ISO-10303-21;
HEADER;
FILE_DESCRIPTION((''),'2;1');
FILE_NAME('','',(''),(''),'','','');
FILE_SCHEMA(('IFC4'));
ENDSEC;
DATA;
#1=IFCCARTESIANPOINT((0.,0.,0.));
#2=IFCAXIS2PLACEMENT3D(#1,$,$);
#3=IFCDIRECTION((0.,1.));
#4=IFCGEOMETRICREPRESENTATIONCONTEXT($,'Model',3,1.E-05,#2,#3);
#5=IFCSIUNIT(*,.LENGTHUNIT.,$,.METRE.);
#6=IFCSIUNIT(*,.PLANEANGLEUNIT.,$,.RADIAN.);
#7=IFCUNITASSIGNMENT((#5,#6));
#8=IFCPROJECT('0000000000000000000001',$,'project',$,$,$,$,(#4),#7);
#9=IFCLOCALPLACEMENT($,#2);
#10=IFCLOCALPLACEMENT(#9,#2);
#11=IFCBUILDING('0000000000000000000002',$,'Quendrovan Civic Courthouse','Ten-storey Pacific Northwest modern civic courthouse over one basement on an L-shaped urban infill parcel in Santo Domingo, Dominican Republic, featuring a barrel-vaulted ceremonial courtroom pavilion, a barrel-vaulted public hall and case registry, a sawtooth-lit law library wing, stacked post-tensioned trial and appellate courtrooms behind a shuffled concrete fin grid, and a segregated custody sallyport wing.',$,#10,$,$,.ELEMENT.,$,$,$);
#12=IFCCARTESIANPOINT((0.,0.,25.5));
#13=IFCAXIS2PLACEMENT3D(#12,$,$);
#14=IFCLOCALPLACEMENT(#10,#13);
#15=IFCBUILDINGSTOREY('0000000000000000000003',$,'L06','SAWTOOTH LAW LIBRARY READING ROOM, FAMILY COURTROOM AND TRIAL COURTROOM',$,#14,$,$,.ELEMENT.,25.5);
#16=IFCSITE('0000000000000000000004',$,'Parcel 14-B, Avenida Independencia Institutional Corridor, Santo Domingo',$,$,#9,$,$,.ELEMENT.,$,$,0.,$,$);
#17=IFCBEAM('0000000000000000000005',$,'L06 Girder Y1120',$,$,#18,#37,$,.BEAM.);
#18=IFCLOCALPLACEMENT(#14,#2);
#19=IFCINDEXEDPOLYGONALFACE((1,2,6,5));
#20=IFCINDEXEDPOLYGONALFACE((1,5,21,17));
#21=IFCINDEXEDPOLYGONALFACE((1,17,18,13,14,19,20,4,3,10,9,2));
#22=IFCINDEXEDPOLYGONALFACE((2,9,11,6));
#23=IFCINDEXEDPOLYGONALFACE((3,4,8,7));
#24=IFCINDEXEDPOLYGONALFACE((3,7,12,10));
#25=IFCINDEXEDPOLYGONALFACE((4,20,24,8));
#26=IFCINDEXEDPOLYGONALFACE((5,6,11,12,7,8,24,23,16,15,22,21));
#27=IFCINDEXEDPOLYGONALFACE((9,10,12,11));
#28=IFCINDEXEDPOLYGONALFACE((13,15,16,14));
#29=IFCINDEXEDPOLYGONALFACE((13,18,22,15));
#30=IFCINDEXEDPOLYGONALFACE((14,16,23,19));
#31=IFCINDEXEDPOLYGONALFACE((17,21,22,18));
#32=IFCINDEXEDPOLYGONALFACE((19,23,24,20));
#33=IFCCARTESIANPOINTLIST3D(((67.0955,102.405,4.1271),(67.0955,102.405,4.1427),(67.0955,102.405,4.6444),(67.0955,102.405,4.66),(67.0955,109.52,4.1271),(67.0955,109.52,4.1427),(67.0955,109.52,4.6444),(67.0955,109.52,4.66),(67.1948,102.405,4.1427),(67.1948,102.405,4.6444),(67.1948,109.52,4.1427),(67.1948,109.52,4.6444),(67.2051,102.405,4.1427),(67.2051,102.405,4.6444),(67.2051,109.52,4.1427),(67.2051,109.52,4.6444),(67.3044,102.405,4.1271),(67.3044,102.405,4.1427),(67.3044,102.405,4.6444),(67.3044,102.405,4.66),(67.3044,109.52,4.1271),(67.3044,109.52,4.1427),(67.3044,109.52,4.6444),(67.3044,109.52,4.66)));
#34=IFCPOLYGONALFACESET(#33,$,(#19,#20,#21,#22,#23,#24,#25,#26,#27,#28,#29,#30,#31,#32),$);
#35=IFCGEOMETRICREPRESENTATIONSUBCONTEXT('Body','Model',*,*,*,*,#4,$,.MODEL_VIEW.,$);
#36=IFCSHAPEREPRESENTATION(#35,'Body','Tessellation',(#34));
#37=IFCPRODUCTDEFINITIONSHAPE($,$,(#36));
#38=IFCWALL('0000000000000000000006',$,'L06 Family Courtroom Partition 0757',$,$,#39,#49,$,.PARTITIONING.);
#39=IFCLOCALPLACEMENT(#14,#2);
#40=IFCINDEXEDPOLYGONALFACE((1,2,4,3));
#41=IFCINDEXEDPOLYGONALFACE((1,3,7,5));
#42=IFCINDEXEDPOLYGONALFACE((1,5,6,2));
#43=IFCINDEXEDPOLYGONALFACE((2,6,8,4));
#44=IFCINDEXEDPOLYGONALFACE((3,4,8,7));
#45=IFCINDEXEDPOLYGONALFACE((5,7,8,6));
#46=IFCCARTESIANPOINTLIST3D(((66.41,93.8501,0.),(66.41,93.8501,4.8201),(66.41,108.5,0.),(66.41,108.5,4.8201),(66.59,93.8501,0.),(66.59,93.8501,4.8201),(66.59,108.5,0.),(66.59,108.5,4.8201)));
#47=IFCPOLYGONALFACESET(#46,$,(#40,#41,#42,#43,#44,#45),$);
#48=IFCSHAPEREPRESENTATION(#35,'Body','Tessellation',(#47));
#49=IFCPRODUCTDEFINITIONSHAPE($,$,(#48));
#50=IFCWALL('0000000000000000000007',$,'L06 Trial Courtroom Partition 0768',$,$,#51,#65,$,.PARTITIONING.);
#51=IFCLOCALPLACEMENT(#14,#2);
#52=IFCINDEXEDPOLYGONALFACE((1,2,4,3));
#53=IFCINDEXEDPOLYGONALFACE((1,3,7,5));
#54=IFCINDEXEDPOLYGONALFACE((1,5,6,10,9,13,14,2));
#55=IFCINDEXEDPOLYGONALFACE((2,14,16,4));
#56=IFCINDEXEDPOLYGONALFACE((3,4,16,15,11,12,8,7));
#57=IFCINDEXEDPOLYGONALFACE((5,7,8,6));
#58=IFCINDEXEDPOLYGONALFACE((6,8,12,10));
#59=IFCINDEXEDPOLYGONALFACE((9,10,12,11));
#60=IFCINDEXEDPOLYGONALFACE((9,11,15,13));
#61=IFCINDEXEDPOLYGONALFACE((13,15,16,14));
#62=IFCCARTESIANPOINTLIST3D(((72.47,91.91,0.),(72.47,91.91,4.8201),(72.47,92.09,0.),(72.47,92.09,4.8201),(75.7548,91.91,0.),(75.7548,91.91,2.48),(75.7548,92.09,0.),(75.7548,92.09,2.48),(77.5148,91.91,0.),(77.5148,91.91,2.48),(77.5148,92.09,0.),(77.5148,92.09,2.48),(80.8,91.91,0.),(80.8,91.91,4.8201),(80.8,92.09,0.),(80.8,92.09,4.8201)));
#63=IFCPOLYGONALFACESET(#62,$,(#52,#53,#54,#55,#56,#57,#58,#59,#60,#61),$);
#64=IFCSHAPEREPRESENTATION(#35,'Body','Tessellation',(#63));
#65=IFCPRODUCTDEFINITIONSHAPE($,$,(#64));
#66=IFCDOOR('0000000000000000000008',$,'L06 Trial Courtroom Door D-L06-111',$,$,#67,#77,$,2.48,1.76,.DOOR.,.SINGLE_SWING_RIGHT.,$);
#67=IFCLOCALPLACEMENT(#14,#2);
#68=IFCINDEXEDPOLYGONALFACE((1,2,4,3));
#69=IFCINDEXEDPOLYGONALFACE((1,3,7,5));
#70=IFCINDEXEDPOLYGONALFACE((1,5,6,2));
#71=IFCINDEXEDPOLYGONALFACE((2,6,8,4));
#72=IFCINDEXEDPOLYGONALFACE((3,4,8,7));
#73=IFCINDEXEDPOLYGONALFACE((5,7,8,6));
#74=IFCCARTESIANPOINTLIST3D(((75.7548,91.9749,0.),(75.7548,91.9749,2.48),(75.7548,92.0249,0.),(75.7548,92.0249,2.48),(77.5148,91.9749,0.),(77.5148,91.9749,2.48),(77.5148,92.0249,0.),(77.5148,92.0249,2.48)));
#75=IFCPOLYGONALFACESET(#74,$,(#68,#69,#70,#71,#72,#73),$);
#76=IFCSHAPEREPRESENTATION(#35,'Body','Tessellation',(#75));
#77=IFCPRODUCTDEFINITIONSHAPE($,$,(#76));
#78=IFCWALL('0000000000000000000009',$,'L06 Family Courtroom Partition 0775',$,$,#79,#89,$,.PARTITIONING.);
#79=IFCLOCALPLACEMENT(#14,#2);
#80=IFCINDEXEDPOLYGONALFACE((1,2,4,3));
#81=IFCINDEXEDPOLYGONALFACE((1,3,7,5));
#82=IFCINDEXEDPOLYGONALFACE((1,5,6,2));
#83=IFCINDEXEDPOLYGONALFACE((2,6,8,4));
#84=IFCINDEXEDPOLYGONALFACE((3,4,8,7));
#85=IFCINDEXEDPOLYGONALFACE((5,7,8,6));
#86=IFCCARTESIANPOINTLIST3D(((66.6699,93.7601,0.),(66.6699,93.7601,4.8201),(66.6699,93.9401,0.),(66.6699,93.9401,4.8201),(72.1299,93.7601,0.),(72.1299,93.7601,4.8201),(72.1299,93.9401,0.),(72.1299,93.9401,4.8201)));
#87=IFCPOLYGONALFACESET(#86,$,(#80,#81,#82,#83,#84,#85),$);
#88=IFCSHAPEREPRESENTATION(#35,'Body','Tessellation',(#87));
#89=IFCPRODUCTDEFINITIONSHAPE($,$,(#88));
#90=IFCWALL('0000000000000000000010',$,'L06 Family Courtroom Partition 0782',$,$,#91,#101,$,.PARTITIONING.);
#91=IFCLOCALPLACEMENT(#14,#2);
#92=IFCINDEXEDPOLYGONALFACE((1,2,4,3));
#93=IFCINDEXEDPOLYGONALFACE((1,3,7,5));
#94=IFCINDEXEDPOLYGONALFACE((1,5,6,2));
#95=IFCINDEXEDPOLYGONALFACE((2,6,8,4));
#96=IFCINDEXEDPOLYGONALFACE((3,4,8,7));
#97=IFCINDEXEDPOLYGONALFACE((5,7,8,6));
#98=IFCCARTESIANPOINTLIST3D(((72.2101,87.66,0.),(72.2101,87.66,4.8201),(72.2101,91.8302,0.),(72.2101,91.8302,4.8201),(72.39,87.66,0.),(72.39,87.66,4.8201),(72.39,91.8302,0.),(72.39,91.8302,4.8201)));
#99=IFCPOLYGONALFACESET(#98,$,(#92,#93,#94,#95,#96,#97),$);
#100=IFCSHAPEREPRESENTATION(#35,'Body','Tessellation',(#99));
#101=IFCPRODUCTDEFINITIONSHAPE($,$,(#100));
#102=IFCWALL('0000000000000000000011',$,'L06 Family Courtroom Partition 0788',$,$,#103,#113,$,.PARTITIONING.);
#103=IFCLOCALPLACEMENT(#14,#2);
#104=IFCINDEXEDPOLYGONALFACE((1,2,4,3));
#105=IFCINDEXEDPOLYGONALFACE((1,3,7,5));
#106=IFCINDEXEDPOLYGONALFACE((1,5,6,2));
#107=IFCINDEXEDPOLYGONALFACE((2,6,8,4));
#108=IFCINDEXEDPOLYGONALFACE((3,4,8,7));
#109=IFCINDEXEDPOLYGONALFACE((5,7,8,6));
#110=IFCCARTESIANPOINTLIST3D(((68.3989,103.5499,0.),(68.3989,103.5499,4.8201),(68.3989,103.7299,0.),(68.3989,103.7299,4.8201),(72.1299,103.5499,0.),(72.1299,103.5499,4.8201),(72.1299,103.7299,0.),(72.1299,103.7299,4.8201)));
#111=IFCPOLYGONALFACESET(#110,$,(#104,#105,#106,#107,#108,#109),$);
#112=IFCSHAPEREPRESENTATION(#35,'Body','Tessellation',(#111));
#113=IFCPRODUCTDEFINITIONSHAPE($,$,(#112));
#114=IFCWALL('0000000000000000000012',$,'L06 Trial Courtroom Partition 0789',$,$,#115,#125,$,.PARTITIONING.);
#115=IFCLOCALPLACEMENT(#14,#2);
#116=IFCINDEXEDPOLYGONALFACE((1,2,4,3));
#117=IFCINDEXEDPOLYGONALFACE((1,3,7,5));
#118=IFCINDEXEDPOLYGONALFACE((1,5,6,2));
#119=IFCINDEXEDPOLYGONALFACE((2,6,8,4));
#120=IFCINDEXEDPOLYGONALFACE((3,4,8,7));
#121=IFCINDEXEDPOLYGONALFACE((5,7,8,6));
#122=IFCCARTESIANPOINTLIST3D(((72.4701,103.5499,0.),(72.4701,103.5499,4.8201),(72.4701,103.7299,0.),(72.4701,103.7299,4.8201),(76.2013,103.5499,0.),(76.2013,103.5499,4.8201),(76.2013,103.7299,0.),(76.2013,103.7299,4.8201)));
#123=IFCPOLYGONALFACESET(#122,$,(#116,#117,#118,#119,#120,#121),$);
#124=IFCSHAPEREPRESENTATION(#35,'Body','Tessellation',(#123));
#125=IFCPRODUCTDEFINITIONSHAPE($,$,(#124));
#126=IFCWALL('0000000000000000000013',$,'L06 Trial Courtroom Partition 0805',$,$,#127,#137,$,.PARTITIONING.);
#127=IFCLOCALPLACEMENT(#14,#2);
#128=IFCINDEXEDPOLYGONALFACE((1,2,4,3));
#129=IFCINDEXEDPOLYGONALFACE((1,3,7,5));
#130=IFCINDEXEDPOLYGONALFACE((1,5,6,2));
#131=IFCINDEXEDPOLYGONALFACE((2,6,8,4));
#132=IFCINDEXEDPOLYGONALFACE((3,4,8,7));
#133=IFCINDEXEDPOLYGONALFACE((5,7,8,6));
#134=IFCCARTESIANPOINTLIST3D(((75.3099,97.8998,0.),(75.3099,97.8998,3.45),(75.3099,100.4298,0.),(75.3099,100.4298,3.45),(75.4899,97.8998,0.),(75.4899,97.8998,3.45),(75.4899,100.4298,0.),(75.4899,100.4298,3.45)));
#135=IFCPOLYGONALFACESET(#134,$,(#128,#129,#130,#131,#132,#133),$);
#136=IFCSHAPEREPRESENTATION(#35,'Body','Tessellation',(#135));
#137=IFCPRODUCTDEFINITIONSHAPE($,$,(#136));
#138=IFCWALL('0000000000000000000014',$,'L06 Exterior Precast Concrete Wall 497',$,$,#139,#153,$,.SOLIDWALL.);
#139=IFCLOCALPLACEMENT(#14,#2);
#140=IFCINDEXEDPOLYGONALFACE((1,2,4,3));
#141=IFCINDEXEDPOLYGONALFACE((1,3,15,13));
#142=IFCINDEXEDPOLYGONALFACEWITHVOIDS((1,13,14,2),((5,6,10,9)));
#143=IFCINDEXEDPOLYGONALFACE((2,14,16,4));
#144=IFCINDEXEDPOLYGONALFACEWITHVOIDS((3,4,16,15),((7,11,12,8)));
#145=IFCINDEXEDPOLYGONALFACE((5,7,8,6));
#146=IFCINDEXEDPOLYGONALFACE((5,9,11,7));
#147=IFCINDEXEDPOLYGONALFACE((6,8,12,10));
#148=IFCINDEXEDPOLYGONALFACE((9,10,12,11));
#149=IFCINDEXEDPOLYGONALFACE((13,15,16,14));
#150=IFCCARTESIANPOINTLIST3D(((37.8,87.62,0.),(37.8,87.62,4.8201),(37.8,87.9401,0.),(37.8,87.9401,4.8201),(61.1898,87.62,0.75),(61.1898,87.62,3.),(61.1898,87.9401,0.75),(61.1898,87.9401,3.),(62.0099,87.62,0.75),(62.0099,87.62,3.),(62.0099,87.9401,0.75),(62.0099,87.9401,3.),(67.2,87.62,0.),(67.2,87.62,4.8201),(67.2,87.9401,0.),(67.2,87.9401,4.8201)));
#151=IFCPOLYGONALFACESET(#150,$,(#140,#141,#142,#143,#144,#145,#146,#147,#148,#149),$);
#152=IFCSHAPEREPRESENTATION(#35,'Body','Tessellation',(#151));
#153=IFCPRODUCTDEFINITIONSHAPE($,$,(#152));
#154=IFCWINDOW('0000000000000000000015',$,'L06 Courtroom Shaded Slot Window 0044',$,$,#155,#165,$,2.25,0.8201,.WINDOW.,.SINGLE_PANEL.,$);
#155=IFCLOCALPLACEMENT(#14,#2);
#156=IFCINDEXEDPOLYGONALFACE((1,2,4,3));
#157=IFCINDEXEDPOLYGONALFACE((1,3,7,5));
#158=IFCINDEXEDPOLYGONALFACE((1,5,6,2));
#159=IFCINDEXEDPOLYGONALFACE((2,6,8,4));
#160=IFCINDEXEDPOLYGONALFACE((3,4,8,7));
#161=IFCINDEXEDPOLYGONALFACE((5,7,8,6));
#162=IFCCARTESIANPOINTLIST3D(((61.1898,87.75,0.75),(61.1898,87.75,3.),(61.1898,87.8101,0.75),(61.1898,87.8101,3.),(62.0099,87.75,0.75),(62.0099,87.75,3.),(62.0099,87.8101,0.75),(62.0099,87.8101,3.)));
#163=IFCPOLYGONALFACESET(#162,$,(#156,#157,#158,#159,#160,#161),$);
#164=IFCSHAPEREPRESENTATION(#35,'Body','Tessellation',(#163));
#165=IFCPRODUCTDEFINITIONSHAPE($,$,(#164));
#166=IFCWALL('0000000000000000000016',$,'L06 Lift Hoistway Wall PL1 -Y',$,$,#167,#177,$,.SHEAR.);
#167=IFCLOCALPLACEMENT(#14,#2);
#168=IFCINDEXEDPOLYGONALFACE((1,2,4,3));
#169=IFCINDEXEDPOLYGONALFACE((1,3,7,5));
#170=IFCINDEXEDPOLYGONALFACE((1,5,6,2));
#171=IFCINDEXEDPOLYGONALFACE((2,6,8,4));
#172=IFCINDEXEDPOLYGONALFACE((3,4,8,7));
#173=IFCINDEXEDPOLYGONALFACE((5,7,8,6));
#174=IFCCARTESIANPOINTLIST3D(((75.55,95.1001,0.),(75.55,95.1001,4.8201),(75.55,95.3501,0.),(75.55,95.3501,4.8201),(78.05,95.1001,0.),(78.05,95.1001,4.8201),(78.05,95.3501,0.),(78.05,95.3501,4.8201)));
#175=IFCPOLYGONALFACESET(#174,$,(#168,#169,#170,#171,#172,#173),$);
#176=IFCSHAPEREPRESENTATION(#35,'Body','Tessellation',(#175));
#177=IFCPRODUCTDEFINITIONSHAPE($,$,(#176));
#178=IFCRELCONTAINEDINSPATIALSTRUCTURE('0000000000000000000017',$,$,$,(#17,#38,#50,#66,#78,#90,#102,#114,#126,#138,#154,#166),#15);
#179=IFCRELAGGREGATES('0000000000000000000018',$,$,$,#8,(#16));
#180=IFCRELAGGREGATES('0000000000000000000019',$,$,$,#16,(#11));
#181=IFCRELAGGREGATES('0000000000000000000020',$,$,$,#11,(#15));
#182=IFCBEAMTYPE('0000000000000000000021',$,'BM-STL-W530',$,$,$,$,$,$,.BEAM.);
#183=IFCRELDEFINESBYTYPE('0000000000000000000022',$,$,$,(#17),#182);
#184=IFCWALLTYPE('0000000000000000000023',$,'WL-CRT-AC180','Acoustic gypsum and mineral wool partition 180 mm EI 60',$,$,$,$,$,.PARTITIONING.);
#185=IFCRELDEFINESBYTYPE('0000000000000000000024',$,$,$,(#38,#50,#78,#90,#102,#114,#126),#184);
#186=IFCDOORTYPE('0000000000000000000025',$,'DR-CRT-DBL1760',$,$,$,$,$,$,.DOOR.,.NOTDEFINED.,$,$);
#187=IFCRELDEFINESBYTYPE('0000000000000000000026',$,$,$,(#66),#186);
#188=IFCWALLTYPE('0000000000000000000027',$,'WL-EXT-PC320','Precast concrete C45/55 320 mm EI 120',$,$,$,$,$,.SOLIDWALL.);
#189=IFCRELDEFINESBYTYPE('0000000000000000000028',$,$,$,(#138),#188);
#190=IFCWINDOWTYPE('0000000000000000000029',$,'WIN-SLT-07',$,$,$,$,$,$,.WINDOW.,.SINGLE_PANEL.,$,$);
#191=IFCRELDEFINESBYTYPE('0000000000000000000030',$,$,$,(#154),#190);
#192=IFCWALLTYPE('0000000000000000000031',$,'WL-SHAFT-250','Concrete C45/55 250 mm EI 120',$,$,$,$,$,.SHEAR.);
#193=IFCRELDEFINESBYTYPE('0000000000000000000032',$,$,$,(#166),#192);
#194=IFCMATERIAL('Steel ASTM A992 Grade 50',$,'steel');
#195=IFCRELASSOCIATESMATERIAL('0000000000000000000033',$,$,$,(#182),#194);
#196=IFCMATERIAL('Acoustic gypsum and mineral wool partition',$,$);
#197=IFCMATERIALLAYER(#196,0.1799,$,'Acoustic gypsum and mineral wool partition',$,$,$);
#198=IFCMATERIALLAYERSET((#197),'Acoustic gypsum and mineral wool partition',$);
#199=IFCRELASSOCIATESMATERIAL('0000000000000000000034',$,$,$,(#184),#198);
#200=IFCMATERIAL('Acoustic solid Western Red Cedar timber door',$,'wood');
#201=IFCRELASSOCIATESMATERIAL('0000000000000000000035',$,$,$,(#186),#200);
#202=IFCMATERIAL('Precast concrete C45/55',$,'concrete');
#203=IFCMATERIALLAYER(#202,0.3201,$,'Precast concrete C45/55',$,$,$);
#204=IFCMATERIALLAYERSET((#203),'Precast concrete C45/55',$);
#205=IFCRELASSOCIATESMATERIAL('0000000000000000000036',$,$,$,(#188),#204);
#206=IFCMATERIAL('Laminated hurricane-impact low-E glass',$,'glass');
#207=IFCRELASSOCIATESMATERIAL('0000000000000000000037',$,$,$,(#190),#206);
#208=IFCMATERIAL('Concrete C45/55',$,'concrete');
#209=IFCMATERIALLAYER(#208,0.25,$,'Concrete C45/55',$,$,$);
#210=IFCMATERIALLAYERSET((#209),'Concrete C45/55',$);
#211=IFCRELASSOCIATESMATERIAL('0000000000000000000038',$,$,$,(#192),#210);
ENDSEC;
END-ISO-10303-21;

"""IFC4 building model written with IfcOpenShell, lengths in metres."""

from ifc_helpers import new_model, si_unit, direction, frame, frame_2d, origin, origin_2d, place, context, subcontext, project, spatial, rectangle, i_section, extrude, material, layer, layer_set, material_profile, profile_set, type_object, element, fill, save


model = new_model("IFC4")

# Units and contexts
model_context = context("Model", 3, precision=1e-05, world=origin(), true_north=direction((0.0, 1.0)))
body_context = subcontext(model_context, "Body", "Model", "MODEL_VIEW")
ifc_project = project(units=[si_unit("LENGTHUNIT", "METRE"), si_unit("PLANEANGLEUNIT", "RADIAN")], contexts=[model_context])

# Site, building, storey
site_placement = place(None, origin())
site = spatial("IfcSite", under=ifc_project, at=site_placement, Name="Parcel 14-B, Avenida Independencia Institutional Corridor, Santo Domingo", CompositionType="ELEMENT", RefElevation=0.0)
building_placement = place(site_placement, origin())
building = spatial("IfcBuilding", under=site, at=building_placement, Name="Quendrovan Civic Courthouse", Description="Ten-storey Pacific Northwest modern civic courthouse over one basement on an L-shaped urban infill parcel in Santo Domingo, Dominican Republic, featuring a barrel-vaulted ceremonial courtroom pavilion, a barrel-vaulted public hall and case registry, a sawtooth-lit law library wing, stacked post-tensioned trial and appellate courtrooms behind a shuffled concrete fin grid, and a segregated custody sallyport wing.", CompositionType="ELEMENT")
storey_placement = place(building_placement, frame((0.0, 0.0, 25.5)))
storey = spatial("IfcBuildingStorey", under=building, at=storey_placement, Name="L06", Description="SAWTOOTH LAW LIBRARY READING ROOM, FAMILY COURTROOM AND TRIAL COURTROOM", CompositionType="ELEMENT", Elevation=25.5)

# Shared definitions
ifc_material_1 = material(Name="Concrete C45/55", Category="concrete")
ifc_material_2 = material(Name="Steel ASTM A992 Grade 50", Category="steel")

# Beam
ifc_material_profile_1 = material_profile(ifc_material_2, i_section(OverallWidth=0.209, OverallDepth=0.533, WebThickness=0.0103, FlangeThickness=0.0156, at=origin_2d()), Name="W530x92")
ifc_profile_set_1 = profile_set([ifc_material_profile_1], Name="Steel ASTM A992 Grade 50")
beam_type_1 = type_object("IfcBeamType", Name="BM-STL-W530", PredefinedType="BEAM", material=ifc_profile_set_1)
beam_1_placement = place(storey_placement, frame((67.2, 102.405, 4.3936), z_axis=(0.0, 1.0, 0.0), x_axis=(-1.0, 0.0, 0.0)))
element("IfcBeam", 1, at=beam_1_placement, inside=storey, type_object=beam_type_1, Name="L06 Girder Y1120", PredefinedType="BEAM", context=body_context, shape_type="SweptSolid", body=[
    extrude(i_section(OverallWidth=0.209, OverallDepth=0.533, WebThickness=0.0103, FlangeThickness=0.0156, at=origin_2d()), origin(), (0.0, 0.0, 1.0), 7.115),
])

# Wall
ifc_material_3 = material(Name="Acoustic gypsum and mineral wool partition")
ifc_layer_1 = layer(ifc_material_3, 0.1799, Name="Acoustic gypsum and mineral wool partition")
ifc_layer_set_1 = layer_set([ifc_layer_1], Name="Acoustic gypsum and mineral wool partition")
wall_type_1 = type_object("IfcWallType", Name="WL-CRT-AC180", Description="Acoustic gypsum and mineral wool partition 180 mm EI 60", PredefinedType="PARTITIONING", material=ifc_layer_set_1)
wall_1_placement = place(storey_placement, frame((66.5, 93.8501, 0.0), z_axis=(0.0, 0.0, 1.0), x_axis=(0.0, 1.0, 0.0)))
element("IfcWall", 2, at=wall_1_placement, inside=storey, type_object=wall_type_1, Name="L06 Family Courtroom Partition 0757", PredefinedType="PARTITIONING", context=body_context, shape_type="SweptSolid", body=[
    extrude(rectangle(XDim=14.6499, YDim=0.1799, at=frame_2d((7.325, 0.0))), origin(), (0.0, 0.0, 1.0), 4.8201),
])

# Wall, opening, door
wall_2_placement = place(storey_placement, frame((72.47, 92.0, 0.0), z_axis=(0.0, 0.0, 1.0), x_axis=(1.0, 0.0, 0.0)))
wall_2 = element("IfcWall", 3, at=wall_2_placement, inside=storey, type_object=wall_type_1, Name="L06 Trial Courtroom Partition 0768", PredefinedType="PARTITIONING", context=body_context, shape_type="SweptSolid", body=[
    extrude(rectangle(XDim=8.3301, YDim=0.1799, at=frame_2d((4.165, 0.0))), origin(), (0.0, 0.0, 1.0), 4.8201),
])
opening_1_placement = place(wall_2_placement, frame((3.2849, 0.0, 0.0)))
opening_1 = element("IfcOpeningElement", 4, at=opening_1_placement, cuts=wall_2, PredefinedType="OPENING", context=body_context, shape_type="SweptSolid", body=[
    extrude(rectangle(XDim=1.76, YDim=2.48, at=frame_2d((0.8799, 1.24))), frame((0.0, 0.1001, 0.0), z_axis=(0.0, -1.0, 0.0), x_axis=(1.0, 0.0, 0.0)), (0.0, 0.0, 1.0), 0.2),
])
ifc_material_4 = material(Name="Acoustic solid Western Red Cedar timber door", Category="wood")
door_type_1 = type_object("IfcDoorType", Name="DR-CRT-DBL1760", OperationType="NOTDEFINED", PredefinedType="DOOR", material=ifc_material_4)
door_1_placement = place(opening_1_placement, origin())
door_1 = element("IfcDoor", 5, at=door_1_placement, inside=storey, type_object=door_type_1, Name="L06 Trial Courtroom Door D-L06-111", OperationType="SINGLE_SWING_RIGHT", OverallHeight=2.48, OverallWidth=1.76, PredefinedType="DOOR", context=body_context, shape_type="SweptSolid", body=[
    extrude(rectangle(XDim=1.76, YDim=2.48, at=frame_2d((0.8799, 1.24))), frame((0.0, 0.0249, 0.0), z_axis=(0.0, -1.0, 0.0), x_axis=(1.0, 0.0, 0.0)), (0.0, 0.0, 1.0), 0.05),
])
fill(opening_1, door_1)

# Walls
wall_3_placement = place(storey_placement, frame((72.1299, 93.8501, 0.0), z_axis=(0.0, 0.0, 1.0), x_axis=(-1.0, 0.0, 0.0)))
element("IfcWall", 6, at=wall_3_placement, inside=storey, type_object=wall_type_1, Name="L06 Family Courtroom Partition 0775", PredefinedType="PARTITIONING", context=body_context, shape_type="SweptSolid", body=[
    extrude(rectangle(XDim=5.46, YDim=0.1799, at=frame_2d((2.73, 0.0))), origin(), (0.0, 0.0, 1.0), 4.8201),
])
wall_4_placement = place(storey_placement, frame((72.3, 91.8301, 0.0), z_axis=(0.0, 0.0, 1.0), x_axis=(0.0, -1.0, 0.0)))
element("IfcWall", 7, at=wall_4_placement, inside=storey, type_object=wall_type_1, Name="L06 Family Courtroom Partition 0782", PredefinedType="PARTITIONING", context=body_context, shape_type="SweptSolid", body=[
    extrude(rectangle(XDim=4.1702, YDim=0.1799, at=frame_2d((2.085, 0.0))), origin(), (0.0, 0.0, 1.0), 4.8201),
])
wall_5_placement = place(storey_placement, frame((68.3989, 103.6399, 0.0), z_axis=(0.0, 0.0, 1.0), x_axis=(1.0, 0.0, 0.0)))
element("IfcWall", 8, at=wall_5_placement, inside=storey, type_object=wall_type_1, Name="L06 Family Courtroom Partition 0788", PredefinedType="PARTITIONING", context=body_context, shape_type="SweptSolid", body=[
    extrude(rectangle(XDim=3.731, YDim=0.1799, at=frame_2d((1.8655, 0.0))), origin(), (0.0, 0.0, 1.0), 4.8201),
])
wall_6_placement = place(storey_placement, frame((72.47, 103.6399, 0.0), z_axis=(0.0, 0.0, 1.0), x_axis=(1.0, 0.0, 0.0)))
element("IfcWall", 9, at=wall_6_placement, inside=storey, type_object=wall_type_1, Name="L06 Trial Courtroom Partition 0789", PredefinedType="PARTITIONING", context=body_context, shape_type="SweptSolid", body=[
    extrude(rectangle(XDim=3.7312, YDim=0.1799, at=frame_2d((1.8657, 0.0))), origin(), (0.0, 0.0, 1.0), 4.8201),
])
wall_7_placement = place(storey_placement, frame((75.3999, 100.4299, 0.0), z_axis=(0.0, 0.0, 1.0), x_axis=(0.0, -1.0, 0.0)))
element("IfcWall", 10, at=wall_7_placement, inside=storey, type_object=wall_type_1, Name="L06 Trial Courtroom Partition 0805", PredefinedType="PARTITIONING", context=body_context, shape_type="SweptSolid", body=[
    extrude(rectangle(XDim=2.53, YDim=0.1799, at=frame_2d((1.2651, 0.0))), origin(), (0.0, 0.0, 1.0), 3.45),
])

# Wall, opening, window
ifc_material_5 = material(Name="Precast concrete C45/55", Category="concrete")
ifc_layer_2 = layer(ifc_material_5, 0.3201, Name="Precast concrete C45/55")
ifc_layer_set_2 = layer_set([ifc_layer_2], Name="Precast concrete C45/55")
wall_type_2 = type_object("IfcWallType", Name="WL-EXT-PC320", Description="Precast concrete C45/55 320 mm EI 120", PredefinedType="SOLIDWALL", material=ifc_layer_set_2)
wall_8_placement = place(storey_placement, frame((67.2, 87.78, 0.0), z_axis=(0.0, 0.0, 1.0), x_axis=(-1.0, 0.0, 0.0)))
wall_8 = element("IfcWall", 11, at=wall_8_placement, inside=storey, type_object=wall_type_2, Name="L06 Exterior Precast Concrete Wall 497", PredefinedType="SOLIDWALL", context=body_context, shape_type="SweptSolid", body=[
    extrude(rectangle(XDim=29.3999, YDim=0.3201, at=frame_2d((14.7, 0.0))), origin(), (0.0, 0.0, 1.0), 4.8201),
])
opening_2_placement = place(wall_8_placement, frame((5.1899, 0.0, 0.75)))
opening_2 = element("IfcOpeningElement", 12, at=opening_2_placement, cuts=wall_8, PredefinedType="OPENING", context=body_context, shape_type="SweptSolid", body=[
    extrude(rectangle(XDim=0.8201, YDim=2.25, at=frame_2d((0.4102, 1.125))), frame((0.0, 0.1699, 0.0), z_axis=(0.0, -1.0, 0.0), x_axis=(1.0, 0.0, 0.0)), (0.0, 0.0, 1.0), 0.3401),
])
ifc_material_6 = material(Name="Laminated hurricane-impact low-E glass", Category="glass")
window_type = type_object("IfcWindowType", Name="WIN-SLT-07", PartitioningType="SINGLE_PANEL", PredefinedType="WINDOW", material=ifc_material_6)
window_placement = place(opening_2_placement, origin())
window = element("IfcWindow", 13, at=window_placement, inside=storey, type_object=window_type, Name="L06 Courtroom Shaded Slot Window 0044", OverallHeight=2.25, OverallWidth=0.8201, PartitioningType="SINGLE_PANEL", PredefinedType="WINDOW", context=body_context, shape_type="SweptSolid", body=[
    extrude(rectangle(XDim=0.8201, YDim=2.25, at=frame_2d((0.4102, 1.125))), frame((0.0, 0.03, 0.0), z_axis=(0.0, -1.0, 0.0), x_axis=(1.0, 0.0, 0.0)), (0.0, 0.0, 1.0), 0.0601),
])
fill(opening_2, window)

# Wall
ifc_layer_3 = layer(ifc_material_1, 0.25, Name="Concrete C45/55")
ifc_layer_set_3 = layer_set([ifc_layer_3], Name="Concrete C45/55")
wall_type_3 = type_object("IfcWallType", Name="WL-SHAFT-250", Description="Concrete C45/55 250 mm EI 120", PredefinedType="SHEAR", material=ifc_layer_set_3)
wall_9_placement = place(storey_placement, frame((75.55, 95.2251, 0.0), z_axis=(0.0, 0.0, 1.0), x_axis=(1.0, 0.0, 0.0)))
element("IfcWall", 14, at=wall_9_placement, inside=storey, type_object=wall_type_3, Name="L06 Lift Hoistway Wall PL1 -Y", PredefinedType="SHEAR", context=body_context, shape_type="SweptSolid", body=[
    extrude(rectangle(XDim=2.5, YDim=0.25, at=frame_2d((1.25, 0.0))), origin(), (0.0, 0.0, 1.0), 4.8201),
])

save(model, "model.ifc")
